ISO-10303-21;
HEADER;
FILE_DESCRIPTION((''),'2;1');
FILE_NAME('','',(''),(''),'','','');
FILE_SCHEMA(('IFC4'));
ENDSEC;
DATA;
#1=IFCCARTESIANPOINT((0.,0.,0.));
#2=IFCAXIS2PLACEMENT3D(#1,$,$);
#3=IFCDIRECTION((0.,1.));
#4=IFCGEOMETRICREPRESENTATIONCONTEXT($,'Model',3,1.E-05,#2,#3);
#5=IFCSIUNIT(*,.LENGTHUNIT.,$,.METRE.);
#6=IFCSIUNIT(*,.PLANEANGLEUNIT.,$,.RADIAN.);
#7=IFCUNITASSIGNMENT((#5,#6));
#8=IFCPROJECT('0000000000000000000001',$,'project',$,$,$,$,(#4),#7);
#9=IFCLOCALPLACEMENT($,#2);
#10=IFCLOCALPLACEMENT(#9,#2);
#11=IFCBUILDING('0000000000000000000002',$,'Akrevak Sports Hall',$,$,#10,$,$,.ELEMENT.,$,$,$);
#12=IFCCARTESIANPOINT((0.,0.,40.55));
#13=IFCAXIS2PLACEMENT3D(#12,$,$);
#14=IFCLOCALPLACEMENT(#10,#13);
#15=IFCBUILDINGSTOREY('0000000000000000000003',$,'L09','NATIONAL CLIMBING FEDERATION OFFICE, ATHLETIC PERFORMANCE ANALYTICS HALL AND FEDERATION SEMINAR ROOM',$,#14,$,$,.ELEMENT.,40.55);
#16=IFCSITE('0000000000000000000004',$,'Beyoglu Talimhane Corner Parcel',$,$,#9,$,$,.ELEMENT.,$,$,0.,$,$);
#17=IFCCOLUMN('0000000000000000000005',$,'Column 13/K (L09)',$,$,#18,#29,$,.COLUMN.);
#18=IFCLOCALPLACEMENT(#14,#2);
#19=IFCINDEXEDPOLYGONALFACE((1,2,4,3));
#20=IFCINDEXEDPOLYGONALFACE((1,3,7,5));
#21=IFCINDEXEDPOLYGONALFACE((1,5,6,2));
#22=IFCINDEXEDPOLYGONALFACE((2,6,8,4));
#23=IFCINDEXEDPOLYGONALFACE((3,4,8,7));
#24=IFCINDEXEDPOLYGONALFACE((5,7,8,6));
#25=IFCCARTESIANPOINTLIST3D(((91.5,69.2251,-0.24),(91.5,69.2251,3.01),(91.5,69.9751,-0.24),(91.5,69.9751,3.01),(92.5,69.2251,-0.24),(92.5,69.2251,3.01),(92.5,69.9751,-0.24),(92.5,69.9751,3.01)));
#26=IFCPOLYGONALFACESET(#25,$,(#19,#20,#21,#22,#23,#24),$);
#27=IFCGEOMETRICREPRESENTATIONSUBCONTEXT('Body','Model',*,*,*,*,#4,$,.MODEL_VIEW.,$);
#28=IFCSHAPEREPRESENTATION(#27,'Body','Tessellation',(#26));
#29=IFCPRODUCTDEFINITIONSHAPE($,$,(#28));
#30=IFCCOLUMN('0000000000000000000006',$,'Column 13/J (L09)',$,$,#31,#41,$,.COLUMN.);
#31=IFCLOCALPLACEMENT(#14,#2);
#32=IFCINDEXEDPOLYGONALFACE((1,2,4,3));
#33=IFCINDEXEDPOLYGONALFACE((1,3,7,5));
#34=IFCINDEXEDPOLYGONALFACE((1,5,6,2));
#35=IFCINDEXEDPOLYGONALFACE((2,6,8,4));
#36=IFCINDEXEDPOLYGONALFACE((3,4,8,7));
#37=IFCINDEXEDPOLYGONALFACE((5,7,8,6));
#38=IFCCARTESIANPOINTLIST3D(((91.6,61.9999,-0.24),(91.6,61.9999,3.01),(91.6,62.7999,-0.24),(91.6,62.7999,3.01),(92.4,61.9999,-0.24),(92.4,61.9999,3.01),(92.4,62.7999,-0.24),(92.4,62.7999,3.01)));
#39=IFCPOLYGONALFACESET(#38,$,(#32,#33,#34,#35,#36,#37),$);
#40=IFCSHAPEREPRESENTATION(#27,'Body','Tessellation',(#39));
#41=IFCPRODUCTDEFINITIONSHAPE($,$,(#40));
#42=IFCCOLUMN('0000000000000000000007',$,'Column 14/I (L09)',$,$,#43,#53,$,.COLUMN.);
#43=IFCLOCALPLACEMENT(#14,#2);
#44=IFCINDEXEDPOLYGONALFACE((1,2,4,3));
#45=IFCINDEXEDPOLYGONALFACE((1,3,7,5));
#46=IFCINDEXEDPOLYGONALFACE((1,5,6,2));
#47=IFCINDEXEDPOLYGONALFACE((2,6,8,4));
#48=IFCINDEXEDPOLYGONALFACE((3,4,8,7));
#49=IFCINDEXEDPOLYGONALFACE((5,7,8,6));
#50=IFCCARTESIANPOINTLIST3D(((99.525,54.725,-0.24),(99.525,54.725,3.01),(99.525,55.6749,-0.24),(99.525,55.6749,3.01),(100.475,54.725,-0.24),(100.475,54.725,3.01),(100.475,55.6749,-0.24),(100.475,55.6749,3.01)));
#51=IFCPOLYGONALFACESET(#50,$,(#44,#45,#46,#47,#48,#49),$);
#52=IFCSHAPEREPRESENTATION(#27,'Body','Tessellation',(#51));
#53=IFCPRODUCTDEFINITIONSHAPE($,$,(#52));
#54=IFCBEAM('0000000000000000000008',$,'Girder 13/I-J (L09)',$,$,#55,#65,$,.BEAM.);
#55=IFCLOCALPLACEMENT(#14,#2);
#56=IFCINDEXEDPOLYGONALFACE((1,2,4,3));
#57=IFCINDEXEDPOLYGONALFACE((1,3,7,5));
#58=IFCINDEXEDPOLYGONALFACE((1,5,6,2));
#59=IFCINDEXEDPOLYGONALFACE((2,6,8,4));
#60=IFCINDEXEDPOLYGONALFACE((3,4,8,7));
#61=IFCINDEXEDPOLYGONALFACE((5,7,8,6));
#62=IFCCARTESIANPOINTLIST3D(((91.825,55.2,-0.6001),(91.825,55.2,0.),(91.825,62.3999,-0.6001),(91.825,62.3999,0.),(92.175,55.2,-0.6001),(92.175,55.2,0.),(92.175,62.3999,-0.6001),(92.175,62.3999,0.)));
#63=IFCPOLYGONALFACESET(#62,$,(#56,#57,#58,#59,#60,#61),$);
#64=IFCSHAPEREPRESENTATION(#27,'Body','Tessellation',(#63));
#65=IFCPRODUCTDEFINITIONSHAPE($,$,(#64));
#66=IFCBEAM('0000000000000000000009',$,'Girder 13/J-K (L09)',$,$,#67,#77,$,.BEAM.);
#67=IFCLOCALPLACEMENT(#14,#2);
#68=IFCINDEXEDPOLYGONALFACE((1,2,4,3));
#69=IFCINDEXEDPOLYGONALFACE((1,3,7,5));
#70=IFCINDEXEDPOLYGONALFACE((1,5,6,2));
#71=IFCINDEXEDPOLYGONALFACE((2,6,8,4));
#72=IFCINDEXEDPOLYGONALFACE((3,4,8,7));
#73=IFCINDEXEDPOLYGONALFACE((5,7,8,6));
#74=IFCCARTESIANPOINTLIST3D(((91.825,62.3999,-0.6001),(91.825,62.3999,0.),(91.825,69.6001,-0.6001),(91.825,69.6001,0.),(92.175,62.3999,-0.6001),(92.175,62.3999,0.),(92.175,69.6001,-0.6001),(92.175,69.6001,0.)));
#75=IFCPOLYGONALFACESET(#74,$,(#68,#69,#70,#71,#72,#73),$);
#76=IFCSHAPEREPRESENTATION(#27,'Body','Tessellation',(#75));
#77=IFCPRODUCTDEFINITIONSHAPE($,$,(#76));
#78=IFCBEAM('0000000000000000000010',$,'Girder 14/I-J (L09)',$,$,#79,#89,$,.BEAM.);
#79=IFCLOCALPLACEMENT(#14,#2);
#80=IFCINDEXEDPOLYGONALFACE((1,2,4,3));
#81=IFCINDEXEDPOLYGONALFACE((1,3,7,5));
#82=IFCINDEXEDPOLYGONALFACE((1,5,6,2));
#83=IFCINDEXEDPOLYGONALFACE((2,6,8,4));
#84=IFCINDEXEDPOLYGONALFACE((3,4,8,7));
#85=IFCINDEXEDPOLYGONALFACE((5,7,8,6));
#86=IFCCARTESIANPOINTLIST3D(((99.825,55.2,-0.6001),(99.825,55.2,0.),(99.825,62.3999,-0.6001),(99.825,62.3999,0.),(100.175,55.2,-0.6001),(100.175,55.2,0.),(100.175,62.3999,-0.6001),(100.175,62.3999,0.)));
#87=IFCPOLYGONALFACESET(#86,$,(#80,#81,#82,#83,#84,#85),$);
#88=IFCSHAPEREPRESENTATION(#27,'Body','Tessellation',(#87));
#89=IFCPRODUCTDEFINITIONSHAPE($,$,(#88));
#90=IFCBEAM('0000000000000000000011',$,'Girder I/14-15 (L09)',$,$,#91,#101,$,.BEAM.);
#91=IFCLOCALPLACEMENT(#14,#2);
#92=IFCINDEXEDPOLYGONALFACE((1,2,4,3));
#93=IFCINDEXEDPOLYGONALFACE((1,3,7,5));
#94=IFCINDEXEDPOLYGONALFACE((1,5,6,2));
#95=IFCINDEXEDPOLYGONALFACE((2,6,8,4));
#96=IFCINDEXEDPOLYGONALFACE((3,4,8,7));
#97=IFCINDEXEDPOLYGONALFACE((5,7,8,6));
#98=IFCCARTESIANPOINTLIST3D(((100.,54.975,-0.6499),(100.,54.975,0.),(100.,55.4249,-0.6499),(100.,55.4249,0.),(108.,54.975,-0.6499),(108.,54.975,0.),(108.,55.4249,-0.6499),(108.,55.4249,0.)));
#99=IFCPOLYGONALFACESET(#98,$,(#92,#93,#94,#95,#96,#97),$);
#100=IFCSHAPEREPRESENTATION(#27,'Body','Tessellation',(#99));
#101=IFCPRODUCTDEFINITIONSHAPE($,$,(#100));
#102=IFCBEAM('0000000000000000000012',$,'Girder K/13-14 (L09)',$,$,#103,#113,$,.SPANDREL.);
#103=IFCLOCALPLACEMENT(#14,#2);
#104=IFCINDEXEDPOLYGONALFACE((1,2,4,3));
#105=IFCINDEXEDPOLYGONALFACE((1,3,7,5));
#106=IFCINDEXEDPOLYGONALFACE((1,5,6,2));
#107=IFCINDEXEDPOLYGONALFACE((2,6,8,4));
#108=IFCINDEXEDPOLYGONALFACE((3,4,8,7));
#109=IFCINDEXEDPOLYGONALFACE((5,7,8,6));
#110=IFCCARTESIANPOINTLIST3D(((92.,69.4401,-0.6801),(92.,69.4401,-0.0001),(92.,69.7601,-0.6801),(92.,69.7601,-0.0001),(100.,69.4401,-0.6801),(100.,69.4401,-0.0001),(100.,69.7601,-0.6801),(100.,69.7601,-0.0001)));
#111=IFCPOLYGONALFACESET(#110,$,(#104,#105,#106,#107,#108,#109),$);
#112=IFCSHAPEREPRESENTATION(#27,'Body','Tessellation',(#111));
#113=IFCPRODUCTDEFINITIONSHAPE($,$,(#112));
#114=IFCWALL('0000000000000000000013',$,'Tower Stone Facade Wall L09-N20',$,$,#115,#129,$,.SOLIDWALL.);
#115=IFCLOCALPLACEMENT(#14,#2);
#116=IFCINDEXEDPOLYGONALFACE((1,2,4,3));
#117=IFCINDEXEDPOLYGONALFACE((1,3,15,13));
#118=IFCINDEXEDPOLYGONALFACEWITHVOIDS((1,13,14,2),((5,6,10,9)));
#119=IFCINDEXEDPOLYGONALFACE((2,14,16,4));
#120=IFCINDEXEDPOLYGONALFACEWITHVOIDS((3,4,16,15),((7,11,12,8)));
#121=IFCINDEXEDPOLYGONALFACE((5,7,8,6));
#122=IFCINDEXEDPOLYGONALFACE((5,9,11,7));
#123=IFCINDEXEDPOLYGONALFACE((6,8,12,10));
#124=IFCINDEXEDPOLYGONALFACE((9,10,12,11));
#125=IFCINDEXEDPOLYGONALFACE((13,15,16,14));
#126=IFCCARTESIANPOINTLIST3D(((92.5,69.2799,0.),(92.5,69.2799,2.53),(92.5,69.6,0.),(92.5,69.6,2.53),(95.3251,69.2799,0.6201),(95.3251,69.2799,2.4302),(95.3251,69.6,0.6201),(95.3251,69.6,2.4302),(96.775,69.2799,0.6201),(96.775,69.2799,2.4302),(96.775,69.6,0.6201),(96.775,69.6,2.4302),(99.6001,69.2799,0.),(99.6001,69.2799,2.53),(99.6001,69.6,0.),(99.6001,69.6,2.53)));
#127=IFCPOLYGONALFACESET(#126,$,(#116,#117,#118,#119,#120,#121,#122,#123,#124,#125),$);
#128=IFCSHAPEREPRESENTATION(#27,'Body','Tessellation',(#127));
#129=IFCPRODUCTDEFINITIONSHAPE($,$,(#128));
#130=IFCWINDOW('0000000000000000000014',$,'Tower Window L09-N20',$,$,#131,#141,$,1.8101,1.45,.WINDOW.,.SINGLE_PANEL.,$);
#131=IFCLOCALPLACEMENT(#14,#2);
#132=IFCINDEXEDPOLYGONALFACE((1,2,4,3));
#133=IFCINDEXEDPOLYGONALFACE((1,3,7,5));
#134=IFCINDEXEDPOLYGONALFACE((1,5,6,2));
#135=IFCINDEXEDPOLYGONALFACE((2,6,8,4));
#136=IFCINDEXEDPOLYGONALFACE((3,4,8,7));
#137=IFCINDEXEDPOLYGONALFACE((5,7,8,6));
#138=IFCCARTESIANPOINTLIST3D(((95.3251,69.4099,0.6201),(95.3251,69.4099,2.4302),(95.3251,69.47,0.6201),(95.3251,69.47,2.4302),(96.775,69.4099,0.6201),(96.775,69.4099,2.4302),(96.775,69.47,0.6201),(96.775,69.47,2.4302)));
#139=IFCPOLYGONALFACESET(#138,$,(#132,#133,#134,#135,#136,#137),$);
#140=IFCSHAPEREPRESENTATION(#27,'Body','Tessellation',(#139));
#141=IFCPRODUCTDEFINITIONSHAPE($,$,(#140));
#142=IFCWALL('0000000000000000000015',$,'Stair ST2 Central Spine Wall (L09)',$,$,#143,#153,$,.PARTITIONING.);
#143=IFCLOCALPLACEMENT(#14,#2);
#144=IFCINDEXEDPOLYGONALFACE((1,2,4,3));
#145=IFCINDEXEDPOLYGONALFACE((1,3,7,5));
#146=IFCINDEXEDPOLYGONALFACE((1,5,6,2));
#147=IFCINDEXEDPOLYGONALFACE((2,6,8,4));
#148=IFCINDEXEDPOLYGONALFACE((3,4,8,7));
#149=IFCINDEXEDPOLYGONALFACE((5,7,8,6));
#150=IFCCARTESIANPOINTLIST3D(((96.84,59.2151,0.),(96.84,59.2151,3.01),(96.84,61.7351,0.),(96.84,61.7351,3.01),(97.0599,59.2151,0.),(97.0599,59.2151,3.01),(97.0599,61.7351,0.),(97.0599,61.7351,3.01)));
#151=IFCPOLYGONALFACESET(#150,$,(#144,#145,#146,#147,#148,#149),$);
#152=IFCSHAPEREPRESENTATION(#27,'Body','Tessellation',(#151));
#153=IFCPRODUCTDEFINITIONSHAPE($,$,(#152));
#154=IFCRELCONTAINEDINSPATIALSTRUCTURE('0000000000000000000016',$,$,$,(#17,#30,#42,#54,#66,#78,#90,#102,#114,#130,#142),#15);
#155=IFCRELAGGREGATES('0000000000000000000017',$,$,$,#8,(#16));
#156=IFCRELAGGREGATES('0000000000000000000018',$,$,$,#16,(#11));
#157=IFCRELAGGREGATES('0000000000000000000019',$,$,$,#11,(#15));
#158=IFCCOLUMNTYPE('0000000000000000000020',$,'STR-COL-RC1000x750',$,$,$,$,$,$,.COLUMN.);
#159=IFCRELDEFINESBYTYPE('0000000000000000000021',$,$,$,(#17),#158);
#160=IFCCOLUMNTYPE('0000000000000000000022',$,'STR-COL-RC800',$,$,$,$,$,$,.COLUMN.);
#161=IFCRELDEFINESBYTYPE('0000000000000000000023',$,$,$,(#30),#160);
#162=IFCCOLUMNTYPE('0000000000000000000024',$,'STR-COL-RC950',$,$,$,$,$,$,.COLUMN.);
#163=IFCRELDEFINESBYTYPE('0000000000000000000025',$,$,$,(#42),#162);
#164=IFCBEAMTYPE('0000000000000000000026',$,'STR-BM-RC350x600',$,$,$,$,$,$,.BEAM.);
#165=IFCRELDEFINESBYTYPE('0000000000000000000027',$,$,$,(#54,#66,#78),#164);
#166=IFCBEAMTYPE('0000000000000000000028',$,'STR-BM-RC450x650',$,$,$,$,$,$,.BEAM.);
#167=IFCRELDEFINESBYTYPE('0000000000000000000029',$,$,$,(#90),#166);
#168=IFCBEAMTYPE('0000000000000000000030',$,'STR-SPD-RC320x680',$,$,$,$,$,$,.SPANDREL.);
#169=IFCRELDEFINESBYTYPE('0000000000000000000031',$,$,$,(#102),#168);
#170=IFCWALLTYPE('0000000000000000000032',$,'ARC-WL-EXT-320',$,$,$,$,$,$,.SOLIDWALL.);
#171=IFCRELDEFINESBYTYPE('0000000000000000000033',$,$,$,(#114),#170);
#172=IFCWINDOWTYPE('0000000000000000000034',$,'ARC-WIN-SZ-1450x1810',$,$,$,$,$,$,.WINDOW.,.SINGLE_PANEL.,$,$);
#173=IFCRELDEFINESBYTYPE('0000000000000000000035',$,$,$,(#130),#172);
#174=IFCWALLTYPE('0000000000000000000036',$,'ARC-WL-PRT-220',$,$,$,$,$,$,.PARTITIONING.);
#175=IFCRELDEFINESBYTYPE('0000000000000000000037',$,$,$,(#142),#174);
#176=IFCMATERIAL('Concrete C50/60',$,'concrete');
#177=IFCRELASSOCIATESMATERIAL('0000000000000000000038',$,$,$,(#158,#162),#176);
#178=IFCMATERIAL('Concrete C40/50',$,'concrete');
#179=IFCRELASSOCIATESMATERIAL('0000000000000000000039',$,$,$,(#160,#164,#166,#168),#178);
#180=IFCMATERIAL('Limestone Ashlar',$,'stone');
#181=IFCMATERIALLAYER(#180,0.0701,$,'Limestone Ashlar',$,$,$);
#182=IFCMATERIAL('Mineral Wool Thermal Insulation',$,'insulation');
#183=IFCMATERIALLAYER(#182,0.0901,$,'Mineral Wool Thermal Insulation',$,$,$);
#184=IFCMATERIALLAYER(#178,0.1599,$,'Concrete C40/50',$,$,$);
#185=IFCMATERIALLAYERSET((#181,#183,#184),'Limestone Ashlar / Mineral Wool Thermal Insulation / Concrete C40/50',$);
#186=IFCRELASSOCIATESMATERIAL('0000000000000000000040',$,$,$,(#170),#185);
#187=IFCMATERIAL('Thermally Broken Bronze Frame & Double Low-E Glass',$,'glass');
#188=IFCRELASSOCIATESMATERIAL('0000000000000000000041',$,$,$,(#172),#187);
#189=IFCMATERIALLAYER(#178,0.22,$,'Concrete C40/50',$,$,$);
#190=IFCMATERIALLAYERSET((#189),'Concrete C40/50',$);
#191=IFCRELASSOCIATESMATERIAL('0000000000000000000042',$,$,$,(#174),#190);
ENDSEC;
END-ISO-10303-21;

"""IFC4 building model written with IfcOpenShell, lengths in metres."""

from ifc_helpers import new_model, si_unit, direction, frame, frame_2d, origin, origin_2d, place, context, subcontext, project, spatial, rectangle, extrude, material, layer, layer_set, material_profile, profile_set, type_object, element, fill, save


model = new_model("IFC4")

# Units and contexts
model_context = context("Model", 3, precision=1e-05, world=origin(), true_north=direction((0.0, 1.0)))
body_context = subcontext(model_context, "Body", "Model", "MODEL_VIEW")
ifc_project = project(units=[si_unit("LENGTHUNIT", "METRE"), si_unit("PLANEANGLEUNIT", "RADIAN")], contexts=[model_context])

# Site, building, storey
site_placement = place(None, origin())
site = spatial("IfcSite", under=ifc_project, at=site_placement, Name="Beyoglu Talimhane Corner Parcel", CompositionType="ELEMENT", RefElevation=0.0)
building_placement = place(site_placement, origin())
building = spatial("IfcBuilding", under=site, at=building_placement, Name="Akrevak Sports Hall", CompositionType="ELEMENT")
storey_placement = place(building_placement, frame((0.0, 0.0, 40.55)))
storey = spatial("IfcBuildingStorey", under=building, at=storey_placement, Name="L09", Description="NATIONAL CLIMBING FEDERATION OFFICE, ATHLETIC PERFORMANCE ANALYTICS HALL AND FEDERATION SEMINAR ROOM", CompositionType="ELEMENT", Elevation=40.55)

# Columns
ifc_material_1 = material(Name="Concrete C50/60", Category="concrete")
ifc_material_profile_1 = material_profile(ifc_material_1, rectangle(XDim=1.0, YDim=0.75, at=origin_2d()), Name="RC 1000x750", Category="concrete")
ifc_profile_set_1 = profile_set([ifc_material_profile_1], Name="Concrete C50/60")
column_type_1 = type_object("IfcColumnType", Name="STR-COL-RC1000x750", PredefinedType="COLUMN", material=ifc_profile_set_1)
column_1_placement = place(storey_placement, frame((92.0, 69.6001, -0.24), z_axis=(0.0, 0.0, 1.0), x_axis=(1.0, 0.0, 0.0)))
element("IfcColumn", 1, at=column_1_placement, inside=storey, type_object=column_type_1, Name="Column 13/K (L09)", PredefinedType="COLUMN", context=body_context, shape_type="SweptSolid", body=[
    extrude(rectangle(XDim=1.0, YDim=0.75, at=origin_2d()), origin(), (0.0, 0.0, 1.0), 3.25),
])
ifc_material_2 = material(Name="Concrete C40/50", Category="concrete")
ifc_material_profile_2 = material_profile(ifc_material_2, rectangle(XDim=0.8, YDim=0.8, at=origin_2d()), Name="RC 800x800", Category="concrete")
ifc_profile_set_2 = profile_set([ifc_material_profile_2], Name="Concrete C40/50")
column_type_2 = type_object("IfcColumnType", Name="STR-COL-RC800", PredefinedType="COLUMN", material=ifc_profile_set_2)
column_2_placement = place(storey_placement, frame((92.0, 62.3999, -0.24), z_axis=(0.0, 0.0, 1.0), x_axis=(1.0, 0.0, 0.0)))
element("IfcColumn", 2, at=column_2_placement, inside=storey, type_object=column_type_2, Name="Column 13/J (L09)", PredefinedType="COLUMN", context=body_context, shape_type="SweptSolid", body=[
    extrude(rectangle(XDim=0.8, YDim=0.8, at=origin_2d()), origin(), (0.0, 0.0, 1.0), 3.25),
])
ifc_material_profile_3 = material_profile(ifc_material_1, rectangle(XDim=0.95, YDim=0.95, at=origin_2d()), Name="RC 950x950", Category="concrete")
ifc_profile_set_3 = profile_set([ifc_material_profile_3], Name="Concrete C50/60")
column_type_3 = type_object("IfcColumnType", Name="STR-COL-RC950", PredefinedType="COLUMN", material=ifc_profile_set_3)
column_3_placement = place(storey_placement, frame((100.0, 55.2, -0.24), z_axis=(0.0, 0.0, 1.0), x_axis=(1.0, 0.0, 0.0)))
element("IfcColumn", 3, at=column_3_placement, inside=storey, type_object=column_type_3, Name="Column 14/I (L09)", PredefinedType="COLUMN", context=body_context, shape_type="SweptSolid", body=[
    extrude(rectangle(XDim=0.95, YDim=0.95, at=origin_2d()), origin(), (0.0, 0.0, 1.0), 3.25),
])

# Beams
ifc_material_profile_4 = material_profile(ifc_material_2, rectangle(XDim=0.3501, YDim=0.6001, at=origin_2d()), Name="BM 350x600", Category="concrete")
ifc_profile_set_4 = profile_set([ifc_material_profile_4], Name="Concrete C40/50")
beam_type_1 = type_object("IfcBeamType", Name="STR-BM-RC350x600", PredefinedType="BEAM", material=ifc_profile_set_4)
beam_1_placement = place(storey_placement, frame((92.0, 55.2, -0.3), z_axis=(0.0, 1.0, 0.0), x_axis=(-1.0, 0.0, 0.0)))
element("IfcBeam", 4, at=beam_1_placement, inside=storey, type_object=beam_type_1, Name="Girder 13/I-J (L09)", PredefinedType="BEAM", context=body_context, shape_type="SweptSolid", body=[
    extrude(rectangle(XDim=0.3501, YDim=0.6001, at=origin_2d()), origin(), (0.0, 0.0, 1.0), 7.2),
])
beam_2_placement = place(storey_placement, frame((92.0, 62.3999, -0.3), z_axis=(0.0, 1.0, 0.0), x_axis=(-1.0, 0.0, 0.0)))
element("IfcBeam", 5, at=beam_2_placement, inside=storey, type_object=beam_type_1, Name="Girder 13/J-K (L09)", PredefinedType="BEAM", context=body_context, shape_type="SweptSolid", body=[
    extrude(rectangle(XDim=0.3501, YDim=0.6001, at=origin_2d()), origin(), (0.0, 0.0, 1.0), 7.2002),
])
beam_3_placement = place(storey_placement, frame((100.0, 55.2, -0.3), z_axis=(0.0, 1.0, 0.0), x_axis=(-1.0, 0.0, 0.0)))
element("IfcBeam", 6, at=beam_3_placement, inside=storey, type_object=beam_type_1, Name="Girder 14/I-J (L09)", PredefinedType="BEAM", context=body_context, shape_type="SweptSolid", body=[
    extrude(rectangle(XDim=0.3501, YDim=0.6001, at=origin_2d()), origin(), (0.0, 0.0, 1.0), 7.2),
])
ifc_material_profile_5 = material_profile(ifc_material_2, rectangle(XDim=0.45, YDim=0.6499, at=origin_2d()), Name="BM 450x650", Category="concrete")
ifc_profile_set_5 = profile_set([ifc_material_profile_5], Name="Concrete C40/50")
beam_type_2 = type_object("IfcBeamType", Name="STR-BM-RC450x650", PredefinedType="BEAM", material=ifc_profile_set_5)
beam_4_placement = place(storey_placement, frame((100.0, 55.2, -0.325), z_axis=(1.0, 0.0, 0.0), x_axis=(0.0, 1.0, 0.0)))
element("IfcBeam", 7, at=beam_4_placement, inside=storey, type_object=beam_type_2, Name="Girder I/14-15 (L09)", PredefinedType="BEAM", context=body_context, shape_type="SweptSolid", body=[
    extrude(rectangle(XDim=0.45, YDim=0.6499, at=origin_2d()), origin(), (0.0, 0.0, 1.0), 8.0),
])
ifc_material_profile_6 = material_profile(ifc_material_2, rectangle(XDim=0.3201, YDim=0.6799, at=origin_2d()), Name="SPD 320x680", Category="concrete")
ifc_profile_set_6 = profile_set([ifc_material_profile_6], Name="Concrete C40/50")
beam_type_3 = type_object("IfcBeamType", Name="STR-SPD-RC320x680", PredefinedType="SPANDREL", material=ifc_profile_set_6)
beam_5_placement = place(storey_placement, frame((92.0, 69.6001, -0.3401), z_axis=(1.0, 0.0, 0.0), x_axis=(0.0, 1.0, 0.0)))
element("IfcBeam", 8, at=beam_5_placement, inside=storey, type_object=beam_type_3, Name="Girder K/13-14 (L09)", PredefinedType="SPANDREL", context=body_context, shape_type="SweptSolid", body=[
    extrude(rectangle(XDim=0.3201, YDim=0.6799, at=origin_2d()), origin(), (0.0, 0.0, 1.0), 8.0),
])

# Wall, opening, window
ifc_material_3 = material(Name="Limestone Ashlar", Category="stone")
ifc_layer_1 = layer(ifc_material_3, 0.0701, Name="Limestone Ashlar")
ifc_material_4 = material(Name="Mineral Wool Thermal Insulation", Category="insulation")
ifc_layer_2 = layer(ifc_material_4, 0.0901, Name="Mineral Wool Thermal Insulation")
ifc_layer_3 = layer(ifc_material_2, 0.1599, Name="Concrete C40/50")
ifc_layer_set_1 = layer_set([ifc_layer_1, ifc_layer_2, ifc_layer_3], Name="Limestone Ashlar / Mineral Wool Thermal Insulation / Concrete C40/50")
wall_type_1 = type_object("IfcWallType", Name="ARC-WL-EXT-320", PredefinedType="SOLIDWALL", material=ifc_layer_set_1)
wall_1_placement = place(storey_placement, frame((99.6001, 69.4399, 0.0), z_axis=(0.0, 0.0, 1.0), x_axis=(-1.0, 0.0, 0.0)))
wall_1 = element("IfcWall", 9, at=wall_1_placement, inside=storey, type_object=wall_type_1, Name="Tower Stone Facade Wall L09-N20", PredefinedType="SOLIDWALL", context=body_context, shape_type="SweptSolid", body=[
    extrude(rectangle(XDim=7.1001, YDim=0.3201, at=frame_2d((3.55, 0.0))), origin(), (0.0, 0.0, 1.0), 2.53),
])
opening_1_placement = place(wall_1_placement, frame((2.825, 0.0, 0.6201)))
opening_1 = element("IfcOpeningElement", 10, at=opening_1_placement, cuts=wall_1, PredefinedType="OPENING", context=body_context, shape_type="SweptSolid", body=[
    extrude(rectangle(XDim=1.45, YDim=1.8101, at=frame_2d((0.7251, 0.905))), frame((0.0, 0.1719, 0.0), z_axis=(0.0, -1.0, 0.0), x_axis=(1.0, 0.0, 0.0)), (0.0, 0.0, 1.0), 0.344),
])
ifc_material_5 = material(Name="Thermally Broken Bronze Frame & Double Low-E Glass", Category="glass")
window_type = type_object("IfcWindowType", Name="ARC-WIN-SZ-1450x1810", PartitioningType="SINGLE_PANEL", PredefinedType="WINDOW", material=ifc_material_5)
window_placement = place(opening_1_placement, origin())
window = element("IfcWindow", 11, at=window_placement, inside=storey, type_object=window_type, Name="Tower Window L09-N20", OverallHeight=1.8101, OverallWidth=1.45, PartitioningType="SINGLE_PANEL", PredefinedType="WINDOW", context=body_context, shape_type="SweptSolid", body=[
    extrude(rectangle(XDim=1.45, YDim=1.8101, at=frame_2d((0.7251, 0.905))), frame((0.0, 0.03, 0.0), z_axis=(0.0, -1.0, 0.0), x_axis=(1.0, 0.0, 0.0)), (0.0, 0.0, 1.0), 0.0601),
])
fill(opening_1, window)

# Wall
ifc_layer_4 = layer(ifc_material_2, 0.22, Name="Concrete C40/50")
ifc_layer_set_2 = layer_set([ifc_layer_4], Name="Concrete C40/50")
wall_type_2 = type_object("IfcWallType", Name="ARC-WL-PRT-220", PredefinedType="PARTITIONING", material=ifc_layer_set_2)
wall_2_placement = place(storey_placement, frame((96.95, 59.2151, 0.0), z_axis=(0.0, 0.0, 1.0), x_axis=(0.0, 1.0, 0.0)))
element("IfcWall", 12, at=wall_2_placement, inside=storey, type_object=wall_type_2, Name="Stair ST2 Central Spine Wall (L09)", PredefinedType="PARTITIONING", context=body_context, shape_type="SweptSolid", body=[
    extrude(rectangle(XDim=2.52, YDim=0.22, at=frame_2d((1.26, 0.0))), origin(), (0.0, 0.0, 1.0), 3.01),
])

save(model, "model.ifc")
